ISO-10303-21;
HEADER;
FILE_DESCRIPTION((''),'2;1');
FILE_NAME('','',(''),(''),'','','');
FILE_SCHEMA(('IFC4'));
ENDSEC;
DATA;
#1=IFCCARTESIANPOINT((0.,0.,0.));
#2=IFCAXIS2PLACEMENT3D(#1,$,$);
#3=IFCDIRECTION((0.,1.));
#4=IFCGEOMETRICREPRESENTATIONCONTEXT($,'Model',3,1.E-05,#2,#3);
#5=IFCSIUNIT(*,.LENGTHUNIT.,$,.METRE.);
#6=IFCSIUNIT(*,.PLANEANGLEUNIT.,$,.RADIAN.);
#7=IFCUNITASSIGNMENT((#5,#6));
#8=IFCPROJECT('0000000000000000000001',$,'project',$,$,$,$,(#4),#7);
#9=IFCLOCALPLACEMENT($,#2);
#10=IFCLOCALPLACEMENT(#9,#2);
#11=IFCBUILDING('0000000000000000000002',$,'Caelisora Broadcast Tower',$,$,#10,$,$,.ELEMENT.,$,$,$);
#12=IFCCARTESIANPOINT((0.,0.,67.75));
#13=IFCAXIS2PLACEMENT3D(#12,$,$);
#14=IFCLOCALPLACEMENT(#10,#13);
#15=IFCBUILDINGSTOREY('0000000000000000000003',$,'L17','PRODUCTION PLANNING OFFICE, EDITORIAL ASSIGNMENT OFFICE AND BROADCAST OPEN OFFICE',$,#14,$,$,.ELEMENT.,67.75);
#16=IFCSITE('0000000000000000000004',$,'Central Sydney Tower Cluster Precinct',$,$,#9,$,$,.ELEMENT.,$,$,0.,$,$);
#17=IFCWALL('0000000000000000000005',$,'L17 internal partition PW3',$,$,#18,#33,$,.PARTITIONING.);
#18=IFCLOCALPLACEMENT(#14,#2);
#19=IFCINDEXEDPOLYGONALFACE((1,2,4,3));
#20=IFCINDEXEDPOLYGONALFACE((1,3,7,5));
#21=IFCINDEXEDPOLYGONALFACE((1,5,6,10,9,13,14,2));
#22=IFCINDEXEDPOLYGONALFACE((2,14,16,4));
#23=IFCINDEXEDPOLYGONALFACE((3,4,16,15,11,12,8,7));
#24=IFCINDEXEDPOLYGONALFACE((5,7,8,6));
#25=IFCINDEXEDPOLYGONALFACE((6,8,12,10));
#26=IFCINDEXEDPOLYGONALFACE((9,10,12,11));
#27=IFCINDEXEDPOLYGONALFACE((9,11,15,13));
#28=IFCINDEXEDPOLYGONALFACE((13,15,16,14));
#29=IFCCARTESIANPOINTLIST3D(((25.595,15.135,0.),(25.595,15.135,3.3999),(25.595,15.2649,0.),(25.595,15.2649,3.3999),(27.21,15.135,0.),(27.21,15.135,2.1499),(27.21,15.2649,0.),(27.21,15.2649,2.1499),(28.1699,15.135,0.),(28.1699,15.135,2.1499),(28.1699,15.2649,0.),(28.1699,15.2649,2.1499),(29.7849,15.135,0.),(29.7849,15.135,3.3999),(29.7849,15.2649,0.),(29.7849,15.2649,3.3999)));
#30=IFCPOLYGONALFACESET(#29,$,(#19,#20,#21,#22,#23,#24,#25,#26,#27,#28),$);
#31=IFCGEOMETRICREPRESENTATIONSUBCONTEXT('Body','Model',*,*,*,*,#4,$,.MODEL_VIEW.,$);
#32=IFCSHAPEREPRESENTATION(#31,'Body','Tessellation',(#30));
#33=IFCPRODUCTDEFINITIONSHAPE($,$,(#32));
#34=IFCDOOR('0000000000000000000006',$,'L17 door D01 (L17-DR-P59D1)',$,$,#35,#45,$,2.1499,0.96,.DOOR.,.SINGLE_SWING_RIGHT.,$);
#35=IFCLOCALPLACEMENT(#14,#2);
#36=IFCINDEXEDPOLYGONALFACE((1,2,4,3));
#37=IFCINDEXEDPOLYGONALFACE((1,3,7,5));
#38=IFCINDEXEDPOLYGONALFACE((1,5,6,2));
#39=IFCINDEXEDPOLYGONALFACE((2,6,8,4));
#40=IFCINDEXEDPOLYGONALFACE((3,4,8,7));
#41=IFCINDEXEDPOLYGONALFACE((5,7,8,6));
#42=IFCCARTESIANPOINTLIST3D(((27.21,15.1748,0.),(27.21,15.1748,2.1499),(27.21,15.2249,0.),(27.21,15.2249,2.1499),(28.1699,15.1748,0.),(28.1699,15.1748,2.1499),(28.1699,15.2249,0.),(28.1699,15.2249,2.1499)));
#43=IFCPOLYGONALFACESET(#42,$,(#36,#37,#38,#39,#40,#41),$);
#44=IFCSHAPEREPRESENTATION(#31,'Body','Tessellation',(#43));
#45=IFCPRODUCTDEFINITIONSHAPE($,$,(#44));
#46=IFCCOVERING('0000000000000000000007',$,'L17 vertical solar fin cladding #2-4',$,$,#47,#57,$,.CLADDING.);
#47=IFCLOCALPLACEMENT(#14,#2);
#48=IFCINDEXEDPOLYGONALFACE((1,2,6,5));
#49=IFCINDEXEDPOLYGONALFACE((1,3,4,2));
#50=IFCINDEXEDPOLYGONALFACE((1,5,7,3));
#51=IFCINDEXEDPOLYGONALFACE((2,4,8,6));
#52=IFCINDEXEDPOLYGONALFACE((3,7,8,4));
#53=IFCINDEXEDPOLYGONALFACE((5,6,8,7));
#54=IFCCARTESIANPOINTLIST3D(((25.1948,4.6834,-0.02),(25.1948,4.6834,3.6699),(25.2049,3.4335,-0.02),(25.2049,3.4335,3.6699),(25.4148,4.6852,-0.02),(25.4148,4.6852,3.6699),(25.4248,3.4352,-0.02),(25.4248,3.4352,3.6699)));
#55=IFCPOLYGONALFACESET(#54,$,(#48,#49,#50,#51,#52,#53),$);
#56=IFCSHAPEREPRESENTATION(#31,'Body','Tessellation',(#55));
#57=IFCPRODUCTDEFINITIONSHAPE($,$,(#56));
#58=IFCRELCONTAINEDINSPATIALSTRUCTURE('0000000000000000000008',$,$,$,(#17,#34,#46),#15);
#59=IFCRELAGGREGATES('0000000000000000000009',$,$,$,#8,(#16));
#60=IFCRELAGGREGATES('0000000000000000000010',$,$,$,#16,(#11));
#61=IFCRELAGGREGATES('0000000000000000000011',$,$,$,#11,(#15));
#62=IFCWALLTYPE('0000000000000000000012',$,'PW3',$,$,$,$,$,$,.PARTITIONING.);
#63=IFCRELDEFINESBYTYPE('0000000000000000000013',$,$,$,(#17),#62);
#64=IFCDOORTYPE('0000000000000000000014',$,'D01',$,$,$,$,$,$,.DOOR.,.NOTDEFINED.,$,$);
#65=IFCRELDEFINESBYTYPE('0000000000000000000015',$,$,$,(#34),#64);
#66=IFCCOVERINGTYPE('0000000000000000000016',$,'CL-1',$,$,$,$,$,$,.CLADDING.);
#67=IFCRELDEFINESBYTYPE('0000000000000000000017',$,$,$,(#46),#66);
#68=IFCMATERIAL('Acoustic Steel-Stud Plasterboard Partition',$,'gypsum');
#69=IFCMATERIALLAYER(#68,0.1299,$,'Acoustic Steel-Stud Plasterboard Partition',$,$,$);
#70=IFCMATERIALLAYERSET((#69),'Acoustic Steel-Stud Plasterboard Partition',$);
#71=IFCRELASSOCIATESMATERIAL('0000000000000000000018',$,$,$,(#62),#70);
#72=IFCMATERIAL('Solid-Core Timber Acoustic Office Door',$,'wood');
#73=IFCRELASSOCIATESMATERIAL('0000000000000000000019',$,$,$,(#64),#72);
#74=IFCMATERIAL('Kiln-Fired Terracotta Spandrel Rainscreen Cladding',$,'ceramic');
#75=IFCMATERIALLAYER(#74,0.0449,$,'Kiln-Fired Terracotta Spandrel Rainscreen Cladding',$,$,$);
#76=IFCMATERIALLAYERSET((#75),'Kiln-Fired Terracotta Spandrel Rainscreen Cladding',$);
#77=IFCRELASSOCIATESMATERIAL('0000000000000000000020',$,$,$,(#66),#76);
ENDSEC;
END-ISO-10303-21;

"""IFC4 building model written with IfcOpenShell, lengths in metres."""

from ifc_helpers import new_model, si_unit, direction, frame, frame_2d, origin, origin_2d, place, context, subcontext, project, spatial, rectangle, extrude, source, transform, mapped, material, layer, layer_set, type_object, type_shapes, element, fill, save


model = new_model("IFC4")

# Units and contexts
model_context = context("Model", 3, precision=1e-05, world=origin(), true_north=direction((0.0, 1.0)))
body_context = subcontext(model_context, "Body", "Model", "MODEL_VIEW")
ifc_project = project(units=[si_unit("LENGTHUNIT", "METRE"), si_unit("PLANEANGLEUNIT", "RADIAN")], contexts=[model_context])

# Site, building, storey
site_placement = place(None, origin())
site = spatial("IfcSite", under=ifc_project, at=site_placement, Name="Central Sydney Tower Cluster Precinct", CompositionType="ELEMENT", RefElevation=0.0)
building_placement = place(site_placement, origin())
building = spatial("IfcBuilding", under=site, at=building_placement, Name="Caelisora Broadcast Tower", CompositionType="ELEMENT")
storey_placement = place(building_placement, frame((0.0, 0.0, 67.75)))
storey = spatial("IfcBuildingStorey", under=building, at=storey_placement, Name="L17", Description="PRODUCTION PLANNING OFFICE, EDITORIAL ASSIGNMENT OFFICE AND BROADCAST OPEN OFFICE", CompositionType="ELEMENT", Elevation=67.75)

# Shared definitions
ifc_material_1 = material(Name="Acoustic Steel-Stud Plasterboard Partition", Category="gypsum")
ifc_layer_1 = layer(ifc_material_1, 0.1299, Name="Acoustic Steel-Stud Plasterboard Partition")
ifc_layer_set_1 = layer_set([ifc_layer_1], Name="Acoustic Steel-Stud Plasterboard Partition")
wall_type = type_object("IfcWallType", Name="PW3", PredefinedType="PARTITIONING", material=ifc_layer_set_1)

# Wall, opening, door
wall_1_placement = place(storey_placement, frame((25.595, 15.2, 0.0), z_axis=(0.0, 0.0, 1.0), x_axis=(1.0, 0.0, 0.0)))
wall_1 = element("IfcWall", 1, at=wall_1_placement, inside=storey, type_object=wall_type, Name="L17 internal partition PW3", PredefinedType="PARTITIONING", context=body_context, shape_type="SweptSolid", body=[
    extrude(rectangle(XDim=4.1899, YDim=0.1299, at=frame_2d((2.095, 0.0))), origin(), (0.0, 0.0, 1.0), 3.3999),
])
opening_1_placement = place(wall_1_placement, frame((1.615, 0.0, 0.0)))
opening_1 = element("IfcOpeningElement", 2, at=opening_1_placement, cuts=wall_1, PredefinedType="OPENING", context=body_context, shape_type="SweptSolid", body=[
    extrude(rectangle(XDim=0.96, YDim=2.1499, at=frame_2d((0.48, 1.075))), frame((0.0, 0.0769, 0.0), z_axis=(0.0, -1.0, 0.0), x_axis=(1.0, 0.0, 0.0)), (0.0, 0.0, 1.0), 0.1538),
])
ifc_material_2 = material(Name="Solid-Core Timber Acoustic Office Door", Category="wood")
door_type = type_object("IfcDoorType", Name="D01", OperationType="NOTDEFINED", PredefinedType="DOOR", material=ifc_material_2)
door_1_placement = place(opening_1_placement, origin())
door_1 = element("IfcDoor", 3, at=door_1_placement, inside=storey, type_object=door_type, Name="L17 door D01 (L17-DR-P59D1)", OperationType="SINGLE_SWING_RIGHT", OverallHeight=2.1499, OverallWidth=0.96, PredefinedType="DOOR", context=body_context, shape_type="SweptSolid", body=[
    extrude(rectangle(XDim=0.96, YDim=2.1499, at=frame_2d((0.48, 1.075))), frame((0.0, 0.0249, 0.0), z_axis=(0.0, -1.0, 0.0), x_axis=(1.0, 0.0, 0.0)), (0.0, 0.0, 1.0), 0.05),
])
fill(opening_1, door_1)

# Covering
ifc_material_3 = material(Name="Kiln-Fired Terracotta Spandrel Rainscreen Cladding", Category="ceramic")
ifc_layer_2 = layer(ifc_material_3, 0.0449, Name="Kiln-Fired Terracotta Spandrel Rainscreen Cladding")
ifc_layer_set_2 = layer_set([ifc_layer_2], Name="Kiln-Fired Terracotta Spandrel Rainscreen Cladding")
covering_type = type_object("IfcCoveringType", Name="CL-1", PredefinedType="CLADDING", material=ifc_layer_set_2)
shared_shape_1 = source(origin(), body_context, "Body", "SweptSolid", [
    extrude(rectangle(XDim=0.22, YDim=1.25, at=origin_2d()), origin(), (0.0, 0.0, 1.0), 3.6899),
])
type_shapes(covering_type, [shared_shape_1])
covering_placement = place(storey_placement, frame((25.3098, 4.0593, -0.02), z_axis=(0.0, 0.0, 1.0), x_axis=(-0.999968, -0.008028, 0.0)))
element("IfcCovering", 4, at=covering_placement, inside=storey, type_object=covering_type, Name="L17 vertical solar fin cladding #2-4", PredefinedType="CLADDING", context=body_context, shape_type="MappedRepresentation", body=[
    mapped(shared_shape_1, transform((0.0, 0.0, 0.0), scale=1.0)),
])

save(model, "model.ifc")
